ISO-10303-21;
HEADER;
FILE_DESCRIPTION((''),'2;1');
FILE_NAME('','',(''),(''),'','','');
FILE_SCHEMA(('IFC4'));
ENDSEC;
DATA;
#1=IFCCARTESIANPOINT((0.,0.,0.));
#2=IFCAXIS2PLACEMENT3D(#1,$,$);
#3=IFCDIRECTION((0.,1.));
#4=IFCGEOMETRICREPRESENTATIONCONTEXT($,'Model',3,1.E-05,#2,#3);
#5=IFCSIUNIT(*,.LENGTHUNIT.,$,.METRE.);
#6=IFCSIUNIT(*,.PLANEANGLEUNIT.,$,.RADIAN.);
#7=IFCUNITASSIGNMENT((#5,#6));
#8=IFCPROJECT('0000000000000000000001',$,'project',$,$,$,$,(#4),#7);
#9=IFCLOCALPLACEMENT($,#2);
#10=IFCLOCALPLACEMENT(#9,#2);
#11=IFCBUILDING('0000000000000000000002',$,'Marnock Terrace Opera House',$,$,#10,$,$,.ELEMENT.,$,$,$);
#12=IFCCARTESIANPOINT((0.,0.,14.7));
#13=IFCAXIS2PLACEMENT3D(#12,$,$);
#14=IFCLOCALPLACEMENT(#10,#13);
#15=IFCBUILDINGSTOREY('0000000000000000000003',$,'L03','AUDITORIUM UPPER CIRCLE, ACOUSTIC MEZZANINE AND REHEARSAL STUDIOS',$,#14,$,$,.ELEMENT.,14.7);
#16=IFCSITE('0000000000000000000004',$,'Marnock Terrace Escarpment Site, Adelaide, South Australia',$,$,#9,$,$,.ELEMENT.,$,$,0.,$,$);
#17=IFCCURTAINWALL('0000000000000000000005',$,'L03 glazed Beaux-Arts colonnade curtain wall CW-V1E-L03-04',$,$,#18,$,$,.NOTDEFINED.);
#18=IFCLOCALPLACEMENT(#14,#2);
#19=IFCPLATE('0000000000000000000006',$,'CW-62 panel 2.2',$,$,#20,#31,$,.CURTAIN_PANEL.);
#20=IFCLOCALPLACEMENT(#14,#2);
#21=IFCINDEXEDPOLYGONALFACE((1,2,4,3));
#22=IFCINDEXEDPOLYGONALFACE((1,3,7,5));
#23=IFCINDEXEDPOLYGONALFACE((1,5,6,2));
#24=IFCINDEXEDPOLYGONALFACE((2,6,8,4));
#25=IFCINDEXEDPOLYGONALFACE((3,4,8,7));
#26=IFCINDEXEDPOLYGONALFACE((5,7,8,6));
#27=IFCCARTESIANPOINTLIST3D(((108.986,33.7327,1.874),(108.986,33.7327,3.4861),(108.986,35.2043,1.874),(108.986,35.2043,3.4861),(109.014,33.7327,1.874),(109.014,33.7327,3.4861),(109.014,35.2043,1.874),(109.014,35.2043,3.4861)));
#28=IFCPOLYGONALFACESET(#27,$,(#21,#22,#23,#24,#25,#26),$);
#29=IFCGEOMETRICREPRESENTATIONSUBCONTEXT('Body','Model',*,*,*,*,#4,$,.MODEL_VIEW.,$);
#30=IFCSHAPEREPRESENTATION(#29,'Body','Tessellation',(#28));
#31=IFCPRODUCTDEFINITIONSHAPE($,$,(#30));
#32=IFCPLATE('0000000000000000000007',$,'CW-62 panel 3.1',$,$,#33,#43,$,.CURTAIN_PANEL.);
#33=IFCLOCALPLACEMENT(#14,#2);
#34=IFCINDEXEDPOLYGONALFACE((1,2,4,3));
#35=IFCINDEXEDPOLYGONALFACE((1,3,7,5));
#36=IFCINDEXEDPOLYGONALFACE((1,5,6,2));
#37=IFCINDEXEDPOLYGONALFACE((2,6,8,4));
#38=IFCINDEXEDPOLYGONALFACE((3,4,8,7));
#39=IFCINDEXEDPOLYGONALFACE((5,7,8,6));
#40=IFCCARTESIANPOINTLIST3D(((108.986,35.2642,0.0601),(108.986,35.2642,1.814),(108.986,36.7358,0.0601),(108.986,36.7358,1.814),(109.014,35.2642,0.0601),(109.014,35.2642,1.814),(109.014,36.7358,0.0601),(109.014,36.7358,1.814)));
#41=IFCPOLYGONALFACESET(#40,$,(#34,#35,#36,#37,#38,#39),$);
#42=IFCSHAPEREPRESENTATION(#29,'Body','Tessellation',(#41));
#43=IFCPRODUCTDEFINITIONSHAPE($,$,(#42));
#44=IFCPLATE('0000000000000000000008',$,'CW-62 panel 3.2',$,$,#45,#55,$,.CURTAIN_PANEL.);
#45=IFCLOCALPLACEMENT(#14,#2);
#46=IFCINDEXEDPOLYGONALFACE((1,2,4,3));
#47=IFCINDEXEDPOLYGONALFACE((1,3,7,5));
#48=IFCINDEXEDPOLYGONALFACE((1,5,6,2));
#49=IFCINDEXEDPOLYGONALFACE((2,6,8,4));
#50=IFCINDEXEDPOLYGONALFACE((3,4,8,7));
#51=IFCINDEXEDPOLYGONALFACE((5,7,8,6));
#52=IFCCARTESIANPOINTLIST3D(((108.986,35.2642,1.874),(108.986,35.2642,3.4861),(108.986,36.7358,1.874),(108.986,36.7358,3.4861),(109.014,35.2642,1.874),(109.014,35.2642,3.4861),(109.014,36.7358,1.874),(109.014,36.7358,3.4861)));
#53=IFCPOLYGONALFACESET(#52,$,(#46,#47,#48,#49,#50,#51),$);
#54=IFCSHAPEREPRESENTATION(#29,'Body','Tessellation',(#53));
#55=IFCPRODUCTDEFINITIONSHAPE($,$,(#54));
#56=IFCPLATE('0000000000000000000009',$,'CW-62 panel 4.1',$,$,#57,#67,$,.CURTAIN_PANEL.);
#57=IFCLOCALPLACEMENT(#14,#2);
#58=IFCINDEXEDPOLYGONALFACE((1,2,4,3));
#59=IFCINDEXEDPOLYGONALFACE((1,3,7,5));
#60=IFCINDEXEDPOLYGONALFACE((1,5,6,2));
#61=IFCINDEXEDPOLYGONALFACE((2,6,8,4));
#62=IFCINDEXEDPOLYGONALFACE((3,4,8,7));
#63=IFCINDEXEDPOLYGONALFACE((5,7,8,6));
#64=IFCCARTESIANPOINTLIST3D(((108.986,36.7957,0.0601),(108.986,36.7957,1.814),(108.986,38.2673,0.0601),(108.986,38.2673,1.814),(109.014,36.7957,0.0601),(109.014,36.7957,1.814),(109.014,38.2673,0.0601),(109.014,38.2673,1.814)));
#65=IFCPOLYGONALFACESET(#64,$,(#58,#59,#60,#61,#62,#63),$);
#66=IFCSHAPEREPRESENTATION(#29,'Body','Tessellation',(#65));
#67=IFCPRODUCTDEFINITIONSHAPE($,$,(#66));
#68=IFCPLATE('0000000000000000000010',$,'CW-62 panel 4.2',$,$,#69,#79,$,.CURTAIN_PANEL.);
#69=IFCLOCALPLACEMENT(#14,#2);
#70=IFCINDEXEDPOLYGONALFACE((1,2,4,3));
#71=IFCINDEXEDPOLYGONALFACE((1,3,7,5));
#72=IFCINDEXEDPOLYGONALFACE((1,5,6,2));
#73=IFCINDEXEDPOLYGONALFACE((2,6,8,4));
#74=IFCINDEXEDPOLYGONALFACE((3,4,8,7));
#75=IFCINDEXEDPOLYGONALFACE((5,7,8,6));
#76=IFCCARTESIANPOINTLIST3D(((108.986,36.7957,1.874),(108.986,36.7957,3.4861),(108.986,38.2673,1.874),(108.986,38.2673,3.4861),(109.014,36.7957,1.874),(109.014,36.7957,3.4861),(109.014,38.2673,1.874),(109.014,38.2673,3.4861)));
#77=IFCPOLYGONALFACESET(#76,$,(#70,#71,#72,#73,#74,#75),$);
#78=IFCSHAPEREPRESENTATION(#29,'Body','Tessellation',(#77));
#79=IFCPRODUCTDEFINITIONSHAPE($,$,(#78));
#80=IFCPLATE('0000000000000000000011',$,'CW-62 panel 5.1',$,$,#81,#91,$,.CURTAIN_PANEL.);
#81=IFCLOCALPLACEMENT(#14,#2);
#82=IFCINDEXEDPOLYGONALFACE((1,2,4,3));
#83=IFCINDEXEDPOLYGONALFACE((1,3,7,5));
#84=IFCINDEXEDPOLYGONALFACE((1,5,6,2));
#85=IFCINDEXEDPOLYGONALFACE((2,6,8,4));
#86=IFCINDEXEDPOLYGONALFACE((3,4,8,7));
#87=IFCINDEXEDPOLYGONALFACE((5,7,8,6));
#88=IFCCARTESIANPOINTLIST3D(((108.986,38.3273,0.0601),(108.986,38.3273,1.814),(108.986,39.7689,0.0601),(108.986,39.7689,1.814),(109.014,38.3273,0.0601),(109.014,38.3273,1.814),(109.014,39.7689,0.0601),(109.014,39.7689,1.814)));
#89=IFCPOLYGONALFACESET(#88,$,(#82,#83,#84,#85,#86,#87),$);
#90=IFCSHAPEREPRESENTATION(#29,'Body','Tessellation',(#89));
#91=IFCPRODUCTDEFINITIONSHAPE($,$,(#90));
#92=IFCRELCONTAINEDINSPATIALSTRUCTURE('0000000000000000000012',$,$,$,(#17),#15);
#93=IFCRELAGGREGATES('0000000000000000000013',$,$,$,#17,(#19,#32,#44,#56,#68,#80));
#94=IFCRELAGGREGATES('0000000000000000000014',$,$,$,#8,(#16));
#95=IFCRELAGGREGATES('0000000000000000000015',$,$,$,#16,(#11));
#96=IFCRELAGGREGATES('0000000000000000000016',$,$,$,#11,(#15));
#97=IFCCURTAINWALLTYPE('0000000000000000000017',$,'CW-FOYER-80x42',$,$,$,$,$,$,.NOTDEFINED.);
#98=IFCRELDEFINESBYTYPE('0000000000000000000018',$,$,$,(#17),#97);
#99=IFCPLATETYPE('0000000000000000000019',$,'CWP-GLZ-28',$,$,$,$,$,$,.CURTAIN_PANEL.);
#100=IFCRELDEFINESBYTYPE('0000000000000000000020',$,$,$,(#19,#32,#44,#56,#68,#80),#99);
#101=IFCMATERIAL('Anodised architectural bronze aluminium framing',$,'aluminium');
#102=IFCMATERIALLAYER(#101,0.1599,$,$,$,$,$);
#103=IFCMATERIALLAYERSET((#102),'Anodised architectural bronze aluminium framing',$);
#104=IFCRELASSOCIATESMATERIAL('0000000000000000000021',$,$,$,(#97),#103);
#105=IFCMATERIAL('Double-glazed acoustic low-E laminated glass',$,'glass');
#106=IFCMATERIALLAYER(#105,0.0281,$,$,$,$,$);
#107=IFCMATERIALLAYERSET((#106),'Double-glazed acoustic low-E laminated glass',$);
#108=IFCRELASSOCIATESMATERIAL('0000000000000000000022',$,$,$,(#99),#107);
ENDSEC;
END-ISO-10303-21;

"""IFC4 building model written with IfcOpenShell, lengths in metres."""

from ifc_helpers import new_model, si_unit, direction, frame, origin, origin_2d, place, context, subcontext, project, spatial, rectangle, extrude, material, layer, layer_set, type_object, element, aggregate, save


model = new_model("IFC4")

# Units and contexts
model_context = context("Model", 3, precision=1e-05, world=origin(), true_north=direction((0.0, 1.0)))
body_context = subcontext(model_context, "Body", "Model", "MODEL_VIEW")
ifc_project = project(units=[si_unit("LENGTHUNIT", "METRE"), si_unit("PLANEANGLEUNIT", "RADIAN")], contexts=[model_context])

# Site, building, storey
site_placement = place(None, origin())
site = spatial("IfcSite", under=ifc_project, at=site_placement, Name="Marnock Terrace Escarpment Site, Adelaide, South Australia", CompositionType="ELEMENT", RefElevation=0.0)
building_placement = place(site_placement, origin())
building = spatial("IfcBuilding", under=site, at=building_placement, Name="Marnock Terrace Opera House", CompositionType="ELEMENT")
storey_placement = place(building_placement, frame((0.0, 0.0, 14.7)))
storey = spatial("IfcBuildingStorey", under=building, at=storey_placement, Name="L03", Description="AUDITORIUM UPPER CIRCLE, ACOUSTIC MEZZANINE AND REHEARSAL STUDIOS", CompositionType="ELEMENT", Elevation=14.7)

# Curtain wall
ifc_material_1 = material(Name="Anodised architectural bronze aluminium framing", Category="aluminium")
ifc_layer_1 = layer(ifc_material_1, 0.1599)
ifc_layer_set_1 = layer_set([ifc_layer_1], Name="Anodised architectural bronze aluminium framing")
curtain_wall_type_1 = type_object("IfcCurtainWallType", Name="CW-FOYER-80x42", PredefinedType="NOTDEFINED", material=ifc_layer_set_1)
curtain_wall_1_placement = place(storey_placement, origin())
curtain_wall_1 = element("IfcCurtainWall", 1, at=curtain_wall_1_placement, inside=storey, type_object=curtain_wall_type_1, Name="L03 glazed Beaux-Arts colonnade curtain wall CW-V1E-L03-04", PredefinedType="NOTDEFINED")

# Plates
ifc_material_2 = material(Name="Double-glazed acoustic low-E laminated glass", Category="glass")
ifc_layer_2 = layer(ifc_material_2, 0.0281)
ifc_layer_set_2 = layer_set([ifc_layer_2], Name="Double-glazed acoustic low-E laminated glass")
plate_type = type_object("IfcPlateType", Name="CWP-GLZ-28", PredefinedType="CURTAIN_PANEL", material=ifc_layer_set_2)
plate_1_placement = place(storey_placement, frame((109.0, 34.4685, 1.874), z_axis=(0.0, 0.0, 1.0), x_axis=(0.0, 1.0, 0.0)))
plate_1 = element("IfcPlate", 2, at=plate_1_placement, type_object=plate_type, Name="CW-62 panel 2.2", PredefinedType="CURTAIN_PANEL", context=body_context, shape_type="SweptSolid", body=[
    extrude(rectangle(XDim=1.4717, YDim=0.0281, at=origin_2d()), origin(), (0.0, 0.0, 1.0), 1.6121),
])
plate_2_placement = place(storey_placement, frame((109.0, 36.0, 0.0601), z_axis=(0.0, 0.0, 1.0), x_axis=(0.0, 1.0, 0.0)))
plate_2 = element("IfcPlate", 3, at=plate_2_placement, type_object=plate_type, Name="CW-62 panel 3.1", PredefinedType="CURTAIN_PANEL", context=body_context, shape_type="SweptSolid", body=[
    extrude(rectangle(XDim=1.4717, YDim=0.0281, at=origin_2d()), origin(), (0.0, 0.0, 1.0), 1.7539),
])
plate_3_placement = place(storey_placement, frame((109.0, 36.0, 1.874), z_axis=(0.0, 0.0, 1.0), x_axis=(0.0, 1.0, 0.0)))
plate_3 = element("IfcPlate", 4, at=plate_3_placement, type_object=plate_type, Name="CW-62 panel 3.2", PredefinedType="CURTAIN_PANEL", context=body_context, shape_type="SweptSolid", body=[
    extrude(rectangle(XDim=1.4717, YDim=0.0281, at=origin_2d()), origin(), (0.0, 0.0, 1.0), 1.6121),
])
plate_4_placement = place(storey_placement, frame((109.0, 37.5315, 0.0601), z_axis=(0.0, 0.0, 1.0), x_axis=(0.0, 1.0, 0.0)))
plate_4 = element("IfcPlate", 5, at=plate_4_placement, type_object=plate_type, Name="CW-62 panel 4.1", PredefinedType="CURTAIN_PANEL", context=body_context, shape_type="SweptSolid", body=[
    extrude(rectangle(XDim=1.4717, YDim=0.0281, at=origin_2d()), origin(), (0.0, 0.0, 1.0), 1.7539),
])
plate_5_placement = place(storey_placement, frame((109.0, 37.5315, 1.874), z_axis=(0.0, 0.0, 1.0), x_axis=(0.0, 1.0, 0.0)))
plate_5 = element("IfcPlate", 6, at=plate_5_placement, type_object=plate_type, Name="CW-62 panel 4.2", PredefinedType="CURTAIN_PANEL", context=body_context, shape_type="SweptSolid", body=[
    extrude(rectangle(XDim=1.4717, YDim=0.0281, at=origin_2d()), origin(), (0.0, 0.0, 1.0), 1.6121),
])
plate_6_placement = place(storey_placement, frame((109.0, 39.0481, 0.0601), z_axis=(0.0, 0.0, 1.0), x_axis=(0.0, 1.0, 0.0)))
plate_6 = element("IfcPlate", 7, at=plate_6_placement, type_object=plate_type, Name="CW-62 panel 5.1", PredefinedType="CURTAIN_PANEL", context=body_context, shape_type="SweptSolid", body=[
    extrude(rectangle(XDim=1.4417, YDim=0.0281, at=origin_2d()), origin(), (0.0, 0.0, 1.0), 1.7539),
])
aggregate(curtain_wall_1, [plate_1, plate_2, plate_3, plate_4, plate_5, plate_6])

save(model, "model.ifc")
